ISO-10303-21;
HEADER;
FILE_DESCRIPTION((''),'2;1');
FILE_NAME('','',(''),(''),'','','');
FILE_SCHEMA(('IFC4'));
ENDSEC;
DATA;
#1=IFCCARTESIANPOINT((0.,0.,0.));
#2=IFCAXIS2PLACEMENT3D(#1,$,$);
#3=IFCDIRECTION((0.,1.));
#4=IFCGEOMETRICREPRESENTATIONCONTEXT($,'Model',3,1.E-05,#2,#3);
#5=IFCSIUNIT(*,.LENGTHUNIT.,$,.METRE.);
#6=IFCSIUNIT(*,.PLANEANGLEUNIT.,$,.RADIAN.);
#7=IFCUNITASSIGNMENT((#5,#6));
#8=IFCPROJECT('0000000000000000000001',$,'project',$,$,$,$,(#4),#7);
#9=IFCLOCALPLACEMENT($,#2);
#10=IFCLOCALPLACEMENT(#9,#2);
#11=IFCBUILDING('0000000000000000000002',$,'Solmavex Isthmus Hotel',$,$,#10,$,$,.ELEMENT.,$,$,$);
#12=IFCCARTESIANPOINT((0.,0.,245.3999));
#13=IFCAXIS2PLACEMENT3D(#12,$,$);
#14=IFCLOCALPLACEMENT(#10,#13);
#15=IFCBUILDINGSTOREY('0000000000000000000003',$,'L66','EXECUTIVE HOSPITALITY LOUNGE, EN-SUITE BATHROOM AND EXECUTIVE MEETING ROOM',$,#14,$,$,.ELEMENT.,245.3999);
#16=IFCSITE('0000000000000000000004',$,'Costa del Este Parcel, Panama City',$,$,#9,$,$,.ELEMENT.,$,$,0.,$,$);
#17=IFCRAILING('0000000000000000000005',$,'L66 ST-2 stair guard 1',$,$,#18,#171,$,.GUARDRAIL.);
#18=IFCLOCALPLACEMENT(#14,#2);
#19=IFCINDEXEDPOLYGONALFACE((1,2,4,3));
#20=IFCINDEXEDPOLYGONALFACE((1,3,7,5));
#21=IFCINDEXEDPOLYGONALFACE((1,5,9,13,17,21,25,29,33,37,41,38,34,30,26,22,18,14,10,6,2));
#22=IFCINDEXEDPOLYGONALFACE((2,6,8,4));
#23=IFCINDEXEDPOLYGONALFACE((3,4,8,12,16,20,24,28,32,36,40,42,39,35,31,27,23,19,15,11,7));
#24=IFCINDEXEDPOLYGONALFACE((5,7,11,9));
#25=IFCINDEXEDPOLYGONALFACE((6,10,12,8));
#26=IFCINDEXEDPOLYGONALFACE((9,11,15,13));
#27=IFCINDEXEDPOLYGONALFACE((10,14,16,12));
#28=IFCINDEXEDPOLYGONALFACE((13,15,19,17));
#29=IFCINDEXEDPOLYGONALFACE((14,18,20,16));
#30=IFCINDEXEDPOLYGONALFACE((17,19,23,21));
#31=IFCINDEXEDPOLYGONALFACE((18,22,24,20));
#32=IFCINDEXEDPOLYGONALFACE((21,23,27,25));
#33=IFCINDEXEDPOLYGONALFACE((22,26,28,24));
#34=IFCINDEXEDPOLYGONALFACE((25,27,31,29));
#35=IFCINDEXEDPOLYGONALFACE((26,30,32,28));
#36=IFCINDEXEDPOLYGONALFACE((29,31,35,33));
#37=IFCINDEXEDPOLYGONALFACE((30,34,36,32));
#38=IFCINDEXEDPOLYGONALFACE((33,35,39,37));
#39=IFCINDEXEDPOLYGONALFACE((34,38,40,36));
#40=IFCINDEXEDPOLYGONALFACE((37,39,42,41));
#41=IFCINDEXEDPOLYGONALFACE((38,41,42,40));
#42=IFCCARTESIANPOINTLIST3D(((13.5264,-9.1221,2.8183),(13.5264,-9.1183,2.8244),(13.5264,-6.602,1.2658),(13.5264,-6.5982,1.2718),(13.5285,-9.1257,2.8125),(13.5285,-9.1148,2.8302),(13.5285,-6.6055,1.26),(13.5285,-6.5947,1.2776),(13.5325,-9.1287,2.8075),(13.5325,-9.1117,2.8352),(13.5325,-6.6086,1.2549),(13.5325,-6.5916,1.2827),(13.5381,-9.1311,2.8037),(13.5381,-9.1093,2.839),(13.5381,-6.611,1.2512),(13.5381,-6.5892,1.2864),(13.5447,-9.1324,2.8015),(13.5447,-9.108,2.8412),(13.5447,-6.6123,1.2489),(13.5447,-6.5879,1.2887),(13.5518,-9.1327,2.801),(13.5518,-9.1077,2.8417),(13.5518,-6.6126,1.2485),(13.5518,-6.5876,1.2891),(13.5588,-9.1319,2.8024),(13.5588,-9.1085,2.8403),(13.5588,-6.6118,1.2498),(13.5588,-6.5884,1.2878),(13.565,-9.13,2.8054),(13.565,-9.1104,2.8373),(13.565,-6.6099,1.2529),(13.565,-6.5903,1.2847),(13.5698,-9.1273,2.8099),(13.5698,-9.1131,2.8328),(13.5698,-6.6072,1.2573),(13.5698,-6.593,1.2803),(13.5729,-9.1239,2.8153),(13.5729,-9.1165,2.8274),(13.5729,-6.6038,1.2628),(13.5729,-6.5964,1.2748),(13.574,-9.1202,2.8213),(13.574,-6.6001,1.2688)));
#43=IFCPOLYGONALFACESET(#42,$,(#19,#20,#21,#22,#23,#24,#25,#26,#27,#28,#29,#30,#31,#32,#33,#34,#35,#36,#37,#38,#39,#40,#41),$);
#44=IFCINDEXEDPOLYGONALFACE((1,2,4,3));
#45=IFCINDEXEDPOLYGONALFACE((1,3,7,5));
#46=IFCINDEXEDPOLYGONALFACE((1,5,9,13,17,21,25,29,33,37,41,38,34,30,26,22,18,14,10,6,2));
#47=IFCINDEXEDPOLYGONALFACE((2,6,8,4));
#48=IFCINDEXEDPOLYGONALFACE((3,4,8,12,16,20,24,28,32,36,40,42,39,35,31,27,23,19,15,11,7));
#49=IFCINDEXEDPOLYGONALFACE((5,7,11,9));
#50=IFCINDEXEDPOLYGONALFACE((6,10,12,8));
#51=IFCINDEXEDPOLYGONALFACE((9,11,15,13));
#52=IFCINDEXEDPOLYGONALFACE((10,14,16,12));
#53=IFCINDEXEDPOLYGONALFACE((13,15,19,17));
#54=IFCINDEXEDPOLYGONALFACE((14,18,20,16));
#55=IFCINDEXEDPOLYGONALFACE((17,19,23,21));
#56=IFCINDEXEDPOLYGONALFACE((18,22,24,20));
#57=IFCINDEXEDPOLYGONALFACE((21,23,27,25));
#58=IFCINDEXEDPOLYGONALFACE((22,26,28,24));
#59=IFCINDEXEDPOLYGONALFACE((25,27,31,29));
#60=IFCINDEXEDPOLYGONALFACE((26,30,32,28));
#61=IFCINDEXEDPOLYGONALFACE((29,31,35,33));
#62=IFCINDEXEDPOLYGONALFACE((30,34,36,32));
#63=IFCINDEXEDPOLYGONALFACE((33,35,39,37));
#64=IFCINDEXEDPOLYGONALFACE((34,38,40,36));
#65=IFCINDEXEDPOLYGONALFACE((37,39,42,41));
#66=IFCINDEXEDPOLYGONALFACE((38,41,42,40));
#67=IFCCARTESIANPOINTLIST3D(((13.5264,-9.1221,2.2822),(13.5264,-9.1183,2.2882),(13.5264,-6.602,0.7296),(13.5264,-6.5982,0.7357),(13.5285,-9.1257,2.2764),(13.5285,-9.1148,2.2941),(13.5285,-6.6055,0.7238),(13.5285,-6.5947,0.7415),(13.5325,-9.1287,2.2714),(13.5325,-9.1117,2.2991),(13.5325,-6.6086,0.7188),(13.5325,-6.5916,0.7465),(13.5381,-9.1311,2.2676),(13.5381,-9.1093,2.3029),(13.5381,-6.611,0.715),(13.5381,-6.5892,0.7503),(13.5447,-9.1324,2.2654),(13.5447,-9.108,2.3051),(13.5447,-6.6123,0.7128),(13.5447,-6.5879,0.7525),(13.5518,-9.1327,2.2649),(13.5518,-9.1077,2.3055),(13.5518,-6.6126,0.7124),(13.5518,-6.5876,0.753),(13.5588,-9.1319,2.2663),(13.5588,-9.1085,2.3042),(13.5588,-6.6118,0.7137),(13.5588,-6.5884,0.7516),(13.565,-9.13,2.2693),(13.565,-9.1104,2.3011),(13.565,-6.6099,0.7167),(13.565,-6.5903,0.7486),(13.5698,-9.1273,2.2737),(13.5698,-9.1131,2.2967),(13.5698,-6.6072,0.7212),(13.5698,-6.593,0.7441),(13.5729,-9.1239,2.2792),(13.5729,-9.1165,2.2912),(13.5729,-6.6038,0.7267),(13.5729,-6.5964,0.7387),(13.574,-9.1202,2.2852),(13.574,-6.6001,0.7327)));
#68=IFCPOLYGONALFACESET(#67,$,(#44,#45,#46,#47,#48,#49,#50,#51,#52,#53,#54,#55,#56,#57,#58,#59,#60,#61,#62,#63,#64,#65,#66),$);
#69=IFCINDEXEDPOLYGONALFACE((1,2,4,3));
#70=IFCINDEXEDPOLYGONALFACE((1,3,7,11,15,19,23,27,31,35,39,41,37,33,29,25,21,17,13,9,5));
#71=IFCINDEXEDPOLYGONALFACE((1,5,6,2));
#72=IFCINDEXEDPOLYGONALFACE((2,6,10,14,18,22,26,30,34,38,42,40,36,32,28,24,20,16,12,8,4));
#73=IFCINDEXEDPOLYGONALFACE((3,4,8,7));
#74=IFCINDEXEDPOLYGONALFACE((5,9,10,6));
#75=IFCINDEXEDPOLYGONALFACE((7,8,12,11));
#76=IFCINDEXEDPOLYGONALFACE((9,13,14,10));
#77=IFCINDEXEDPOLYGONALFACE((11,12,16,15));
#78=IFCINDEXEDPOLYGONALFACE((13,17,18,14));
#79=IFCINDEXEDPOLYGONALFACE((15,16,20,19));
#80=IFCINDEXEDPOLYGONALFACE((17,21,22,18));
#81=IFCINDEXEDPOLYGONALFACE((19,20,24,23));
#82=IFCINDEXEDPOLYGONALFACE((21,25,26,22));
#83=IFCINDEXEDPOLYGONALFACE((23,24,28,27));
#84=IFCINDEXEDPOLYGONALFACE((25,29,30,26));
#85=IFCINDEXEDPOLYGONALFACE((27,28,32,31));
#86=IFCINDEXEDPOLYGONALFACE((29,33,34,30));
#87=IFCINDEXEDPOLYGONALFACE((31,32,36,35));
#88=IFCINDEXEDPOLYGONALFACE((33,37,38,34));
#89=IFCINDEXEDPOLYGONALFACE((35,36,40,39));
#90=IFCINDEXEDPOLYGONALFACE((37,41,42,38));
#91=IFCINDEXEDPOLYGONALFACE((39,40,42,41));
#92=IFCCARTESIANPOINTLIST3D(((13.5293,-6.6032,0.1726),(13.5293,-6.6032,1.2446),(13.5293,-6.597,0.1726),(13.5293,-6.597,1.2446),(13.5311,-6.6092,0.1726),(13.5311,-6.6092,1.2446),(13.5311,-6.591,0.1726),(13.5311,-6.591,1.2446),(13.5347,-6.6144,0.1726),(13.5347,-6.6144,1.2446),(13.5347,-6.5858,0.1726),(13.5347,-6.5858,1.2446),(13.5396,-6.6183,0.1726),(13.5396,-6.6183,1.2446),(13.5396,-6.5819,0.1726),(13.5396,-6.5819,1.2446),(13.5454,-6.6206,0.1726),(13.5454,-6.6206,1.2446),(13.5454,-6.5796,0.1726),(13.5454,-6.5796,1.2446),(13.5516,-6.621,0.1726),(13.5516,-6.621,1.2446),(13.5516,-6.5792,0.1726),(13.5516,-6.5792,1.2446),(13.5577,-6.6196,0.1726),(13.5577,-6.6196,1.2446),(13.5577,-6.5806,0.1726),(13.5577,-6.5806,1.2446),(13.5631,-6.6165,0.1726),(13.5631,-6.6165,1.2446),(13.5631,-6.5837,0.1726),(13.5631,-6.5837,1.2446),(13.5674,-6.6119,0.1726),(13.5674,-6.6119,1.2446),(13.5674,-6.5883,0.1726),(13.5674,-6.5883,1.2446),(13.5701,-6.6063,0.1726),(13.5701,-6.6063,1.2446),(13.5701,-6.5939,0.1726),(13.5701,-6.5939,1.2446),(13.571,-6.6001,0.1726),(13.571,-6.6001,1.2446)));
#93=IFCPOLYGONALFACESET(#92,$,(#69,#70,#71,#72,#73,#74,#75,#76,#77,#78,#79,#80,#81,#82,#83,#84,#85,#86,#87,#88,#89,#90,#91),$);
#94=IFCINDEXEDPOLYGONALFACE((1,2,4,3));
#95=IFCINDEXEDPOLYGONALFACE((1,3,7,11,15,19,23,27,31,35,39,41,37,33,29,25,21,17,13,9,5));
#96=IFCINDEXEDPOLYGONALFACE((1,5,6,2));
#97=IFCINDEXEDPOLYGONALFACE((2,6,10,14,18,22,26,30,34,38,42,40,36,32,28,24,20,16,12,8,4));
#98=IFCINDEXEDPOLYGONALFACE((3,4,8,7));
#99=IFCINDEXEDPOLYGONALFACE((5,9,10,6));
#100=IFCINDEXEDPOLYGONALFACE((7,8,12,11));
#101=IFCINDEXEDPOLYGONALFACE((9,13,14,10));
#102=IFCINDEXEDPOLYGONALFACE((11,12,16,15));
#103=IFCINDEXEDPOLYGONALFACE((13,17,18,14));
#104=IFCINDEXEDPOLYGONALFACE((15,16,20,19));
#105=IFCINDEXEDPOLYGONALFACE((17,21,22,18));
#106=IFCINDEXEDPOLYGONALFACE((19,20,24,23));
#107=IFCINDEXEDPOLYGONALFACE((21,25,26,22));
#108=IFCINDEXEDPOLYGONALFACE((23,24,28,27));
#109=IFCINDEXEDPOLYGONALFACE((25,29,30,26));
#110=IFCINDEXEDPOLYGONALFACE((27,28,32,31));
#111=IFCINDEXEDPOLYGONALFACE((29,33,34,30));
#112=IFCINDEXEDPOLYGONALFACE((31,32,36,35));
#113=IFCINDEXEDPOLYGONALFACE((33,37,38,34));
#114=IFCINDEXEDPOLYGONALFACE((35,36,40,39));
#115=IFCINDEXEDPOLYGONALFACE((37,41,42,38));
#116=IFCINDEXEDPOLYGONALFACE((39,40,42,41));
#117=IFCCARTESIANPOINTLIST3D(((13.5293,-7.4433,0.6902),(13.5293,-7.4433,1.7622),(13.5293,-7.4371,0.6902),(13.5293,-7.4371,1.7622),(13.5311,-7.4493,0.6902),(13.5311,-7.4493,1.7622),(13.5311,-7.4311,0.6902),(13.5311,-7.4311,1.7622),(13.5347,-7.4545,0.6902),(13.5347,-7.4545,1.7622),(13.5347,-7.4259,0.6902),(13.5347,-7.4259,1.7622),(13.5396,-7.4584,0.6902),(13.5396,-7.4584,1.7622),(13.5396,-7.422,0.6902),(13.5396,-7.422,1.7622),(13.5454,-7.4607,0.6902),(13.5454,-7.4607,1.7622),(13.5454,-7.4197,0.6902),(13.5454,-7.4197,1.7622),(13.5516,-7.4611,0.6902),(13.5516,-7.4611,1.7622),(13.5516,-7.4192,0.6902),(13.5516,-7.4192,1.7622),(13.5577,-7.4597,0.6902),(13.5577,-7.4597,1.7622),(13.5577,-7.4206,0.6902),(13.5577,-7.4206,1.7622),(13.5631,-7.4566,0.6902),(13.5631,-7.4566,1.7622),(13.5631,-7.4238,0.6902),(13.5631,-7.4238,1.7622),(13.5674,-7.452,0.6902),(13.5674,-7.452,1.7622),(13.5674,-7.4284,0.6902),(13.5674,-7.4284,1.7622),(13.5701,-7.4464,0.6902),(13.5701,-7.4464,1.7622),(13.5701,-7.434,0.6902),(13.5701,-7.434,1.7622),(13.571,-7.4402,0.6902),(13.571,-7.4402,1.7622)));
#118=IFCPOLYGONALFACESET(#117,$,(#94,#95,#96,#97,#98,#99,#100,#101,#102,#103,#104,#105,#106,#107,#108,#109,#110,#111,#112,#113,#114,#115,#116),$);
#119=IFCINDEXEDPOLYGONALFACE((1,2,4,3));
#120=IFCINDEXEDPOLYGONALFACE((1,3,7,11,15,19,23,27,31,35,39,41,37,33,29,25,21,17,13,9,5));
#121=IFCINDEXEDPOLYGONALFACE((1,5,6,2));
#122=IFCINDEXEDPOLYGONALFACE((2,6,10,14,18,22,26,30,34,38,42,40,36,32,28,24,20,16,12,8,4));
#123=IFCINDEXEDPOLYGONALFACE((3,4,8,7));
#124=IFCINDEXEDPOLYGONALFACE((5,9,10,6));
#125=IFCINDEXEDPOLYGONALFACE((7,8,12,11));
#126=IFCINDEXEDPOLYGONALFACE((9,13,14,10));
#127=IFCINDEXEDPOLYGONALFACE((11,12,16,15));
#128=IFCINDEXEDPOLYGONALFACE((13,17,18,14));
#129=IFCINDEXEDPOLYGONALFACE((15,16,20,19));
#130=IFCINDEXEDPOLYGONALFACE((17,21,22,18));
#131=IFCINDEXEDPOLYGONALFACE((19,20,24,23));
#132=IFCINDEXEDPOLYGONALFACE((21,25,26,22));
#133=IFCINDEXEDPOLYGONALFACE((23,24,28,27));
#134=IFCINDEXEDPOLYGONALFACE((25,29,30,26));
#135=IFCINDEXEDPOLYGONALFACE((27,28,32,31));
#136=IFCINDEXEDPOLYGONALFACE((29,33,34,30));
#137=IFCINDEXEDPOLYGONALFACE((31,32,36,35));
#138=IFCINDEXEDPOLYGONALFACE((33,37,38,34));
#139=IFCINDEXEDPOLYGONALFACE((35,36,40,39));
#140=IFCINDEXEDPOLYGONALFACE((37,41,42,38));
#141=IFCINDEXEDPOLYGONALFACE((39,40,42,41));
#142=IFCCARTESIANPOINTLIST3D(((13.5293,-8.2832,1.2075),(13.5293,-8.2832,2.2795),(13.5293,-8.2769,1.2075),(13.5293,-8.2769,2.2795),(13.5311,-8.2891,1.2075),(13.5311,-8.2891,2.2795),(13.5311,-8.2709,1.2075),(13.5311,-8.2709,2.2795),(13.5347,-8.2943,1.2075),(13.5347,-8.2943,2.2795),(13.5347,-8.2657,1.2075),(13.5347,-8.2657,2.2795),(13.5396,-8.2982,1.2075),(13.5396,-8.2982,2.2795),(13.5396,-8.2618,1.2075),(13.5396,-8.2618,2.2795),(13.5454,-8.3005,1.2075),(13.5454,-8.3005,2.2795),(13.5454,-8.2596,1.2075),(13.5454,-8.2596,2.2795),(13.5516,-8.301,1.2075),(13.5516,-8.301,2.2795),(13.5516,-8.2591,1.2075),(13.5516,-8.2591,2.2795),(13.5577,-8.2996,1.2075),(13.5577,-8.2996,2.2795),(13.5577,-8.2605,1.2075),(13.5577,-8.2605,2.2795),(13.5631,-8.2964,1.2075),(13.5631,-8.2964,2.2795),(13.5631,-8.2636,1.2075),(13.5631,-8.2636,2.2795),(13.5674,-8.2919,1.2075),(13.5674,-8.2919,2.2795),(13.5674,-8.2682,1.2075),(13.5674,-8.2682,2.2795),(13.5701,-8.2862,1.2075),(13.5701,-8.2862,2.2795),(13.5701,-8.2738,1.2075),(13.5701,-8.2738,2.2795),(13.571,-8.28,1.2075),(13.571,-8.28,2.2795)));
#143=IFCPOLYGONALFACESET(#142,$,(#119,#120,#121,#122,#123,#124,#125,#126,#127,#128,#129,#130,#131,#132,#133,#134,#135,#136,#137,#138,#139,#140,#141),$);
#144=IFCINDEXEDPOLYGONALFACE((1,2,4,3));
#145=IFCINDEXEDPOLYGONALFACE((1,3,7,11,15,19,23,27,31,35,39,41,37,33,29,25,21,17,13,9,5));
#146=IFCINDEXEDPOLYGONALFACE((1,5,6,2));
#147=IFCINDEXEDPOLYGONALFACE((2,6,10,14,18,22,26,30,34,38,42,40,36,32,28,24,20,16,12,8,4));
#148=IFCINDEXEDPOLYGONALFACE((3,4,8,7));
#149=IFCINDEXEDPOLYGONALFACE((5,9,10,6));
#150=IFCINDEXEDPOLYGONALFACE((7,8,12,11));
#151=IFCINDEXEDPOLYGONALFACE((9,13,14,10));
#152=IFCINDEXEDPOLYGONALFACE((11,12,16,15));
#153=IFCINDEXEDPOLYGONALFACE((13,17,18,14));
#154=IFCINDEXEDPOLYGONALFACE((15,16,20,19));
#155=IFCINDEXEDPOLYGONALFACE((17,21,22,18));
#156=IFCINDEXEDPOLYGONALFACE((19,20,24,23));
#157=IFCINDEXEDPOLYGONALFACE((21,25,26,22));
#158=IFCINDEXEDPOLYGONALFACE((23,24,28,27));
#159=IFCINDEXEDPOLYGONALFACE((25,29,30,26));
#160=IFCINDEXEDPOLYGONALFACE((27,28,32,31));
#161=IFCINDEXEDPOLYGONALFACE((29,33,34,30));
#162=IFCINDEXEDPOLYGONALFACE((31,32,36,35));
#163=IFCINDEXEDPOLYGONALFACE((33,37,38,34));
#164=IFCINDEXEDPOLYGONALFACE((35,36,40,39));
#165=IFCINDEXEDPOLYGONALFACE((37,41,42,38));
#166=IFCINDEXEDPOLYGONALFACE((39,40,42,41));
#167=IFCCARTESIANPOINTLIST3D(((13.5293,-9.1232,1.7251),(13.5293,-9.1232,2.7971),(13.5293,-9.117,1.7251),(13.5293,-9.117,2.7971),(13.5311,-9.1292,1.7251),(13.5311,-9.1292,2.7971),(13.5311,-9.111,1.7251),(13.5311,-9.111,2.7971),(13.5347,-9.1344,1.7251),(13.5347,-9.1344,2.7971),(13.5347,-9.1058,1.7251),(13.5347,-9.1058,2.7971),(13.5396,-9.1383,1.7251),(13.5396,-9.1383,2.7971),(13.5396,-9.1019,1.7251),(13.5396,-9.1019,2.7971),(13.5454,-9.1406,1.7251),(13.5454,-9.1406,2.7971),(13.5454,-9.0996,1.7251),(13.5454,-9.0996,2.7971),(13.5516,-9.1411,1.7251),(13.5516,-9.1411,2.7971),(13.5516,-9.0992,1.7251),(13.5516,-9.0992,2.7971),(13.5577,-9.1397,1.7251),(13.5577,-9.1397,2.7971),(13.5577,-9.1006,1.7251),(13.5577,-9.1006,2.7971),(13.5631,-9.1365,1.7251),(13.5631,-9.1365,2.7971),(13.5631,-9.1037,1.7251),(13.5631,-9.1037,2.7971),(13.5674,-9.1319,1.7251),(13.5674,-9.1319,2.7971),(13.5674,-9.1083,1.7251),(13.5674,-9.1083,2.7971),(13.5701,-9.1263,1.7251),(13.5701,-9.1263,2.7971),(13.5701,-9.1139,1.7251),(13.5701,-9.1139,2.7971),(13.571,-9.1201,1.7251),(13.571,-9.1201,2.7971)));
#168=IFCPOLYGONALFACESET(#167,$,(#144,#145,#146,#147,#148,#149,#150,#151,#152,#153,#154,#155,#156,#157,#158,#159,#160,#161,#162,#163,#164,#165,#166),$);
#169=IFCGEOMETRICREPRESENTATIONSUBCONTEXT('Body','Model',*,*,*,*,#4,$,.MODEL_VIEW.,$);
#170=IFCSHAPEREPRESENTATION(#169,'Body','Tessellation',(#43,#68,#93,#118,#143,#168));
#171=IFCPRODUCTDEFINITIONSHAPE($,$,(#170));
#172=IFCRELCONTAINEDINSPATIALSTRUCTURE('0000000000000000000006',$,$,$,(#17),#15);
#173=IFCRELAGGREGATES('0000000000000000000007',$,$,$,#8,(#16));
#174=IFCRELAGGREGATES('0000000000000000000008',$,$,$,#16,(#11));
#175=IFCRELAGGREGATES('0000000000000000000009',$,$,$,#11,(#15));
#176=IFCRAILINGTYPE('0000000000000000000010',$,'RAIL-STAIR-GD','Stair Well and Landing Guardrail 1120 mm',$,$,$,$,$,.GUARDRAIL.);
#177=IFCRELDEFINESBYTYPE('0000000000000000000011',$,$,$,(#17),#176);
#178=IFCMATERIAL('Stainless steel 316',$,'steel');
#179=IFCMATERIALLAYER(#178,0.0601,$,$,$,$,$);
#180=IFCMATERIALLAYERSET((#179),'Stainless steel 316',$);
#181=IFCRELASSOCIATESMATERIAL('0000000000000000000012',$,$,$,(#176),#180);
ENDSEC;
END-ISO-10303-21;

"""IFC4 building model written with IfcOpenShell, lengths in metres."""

from ifc_helpers import new_model, si_unit, direction, frame, origin, origin_2d, place, context, subcontext, project, spatial, circle, extrude, material, layer, layer_set, type_object, element, save


model = new_model("IFC4")

# Units and contexts
model_context = context("Model", 3, precision=1e-05, world=origin(), true_north=direction((0.0, 1.0)))
body_context = subcontext(model_context, "Body", "Model", "MODEL_VIEW")
ifc_project = project(units=[si_unit("LENGTHUNIT", "METRE"), si_unit("PLANEANGLEUNIT", "RADIAN")], contexts=[model_context])

# Site, building, storey
site_placement = place(None, origin())
site = spatial("IfcSite", under=ifc_project, at=site_placement, Name="Costa del Este Parcel, Panama City", CompositionType="ELEMENT", RefElevation=0.0)
building_placement = place(site_placement, origin())
building = spatial("IfcBuilding", under=site, at=building_placement, Name="Solmavex Isthmus Hotel", CompositionType="ELEMENT")
storey_placement = place(building_placement, frame((0.0, 0.0, 245.3999)))
storey = spatial("IfcBuildingStorey", under=building, at=storey_placement, Name="L66", Description="EXECUTIVE HOSPITALITY LOUNGE, EN-SUITE BATHROOM AND EXECUTIVE MEETING ROOM", CompositionType="ELEMENT", Elevation=245.3999)

# Railing
ifc_material_1 = material(Name="Stainless steel 316", Category="steel")
ifc_layer_1 = layer(ifc_material_1, 0.0601)
ifc_layer_set_1 = layer_set([ifc_layer_1], Name="Stainless steel 316")
railing_type_1 = type_object("IfcRailingType", Name="RAIL-STAIR-GD", Description="Stair Well and Landing Guardrail 1120 mm", PredefinedType="GUARDRAIL", material=ifc_layer_set_1)
railing_1_placement = place(storey_placement, frame((13.55, -6.6001, 0.1726)))
element("IfcRailing", 1, at=railing_1_placement, inside=storey, type_object=railing_type_1, Name="L66 ST-2 stair guard 1", PredefinedType="GUARDRAIL", context=body_context, shape_type="SweptSolid", body=[
    extrude(circle(Radius=0.0239, at=origin_2d()), frame((0.0, 0.0, 1.0962), z_axis=(0.0, -0.8514, 0.524516), x_axis=(1.0, 0.0, 0.0)), (0.0, 0.0, 1.0), 2.96),
    extrude(circle(Radius=0.0239, at=origin_2d()), frame((0.0, 0.0, 0.5601), z_axis=(0.0, -0.8514, 0.524516), x_axis=(1.0, 0.0, 0.0)), (0.0, 0.0, 1.0), 2.96),
    extrude(circle(Radius=0.021, at=origin_2d()), origin(), (0.0, 0.0, 1.0), 1.072),
    extrude(circle(Radius=0.021, at=origin_2d()), frame((0.0, -0.8401, 0.5176)), (0.0, 0.0, 1.0), 1.072),
    extrude(circle(Radius=0.021, at=origin_2d()), frame((0.0, -1.6799, 1.0349)), (0.0, 0.0, 1.0), 1.072),
    extrude(circle(Radius=0.021, at=origin_2d()), frame((0.0, -2.52, 1.5525)), (0.0, 0.0, 1.0), 1.072),
])

save(model, "model.ifc")
